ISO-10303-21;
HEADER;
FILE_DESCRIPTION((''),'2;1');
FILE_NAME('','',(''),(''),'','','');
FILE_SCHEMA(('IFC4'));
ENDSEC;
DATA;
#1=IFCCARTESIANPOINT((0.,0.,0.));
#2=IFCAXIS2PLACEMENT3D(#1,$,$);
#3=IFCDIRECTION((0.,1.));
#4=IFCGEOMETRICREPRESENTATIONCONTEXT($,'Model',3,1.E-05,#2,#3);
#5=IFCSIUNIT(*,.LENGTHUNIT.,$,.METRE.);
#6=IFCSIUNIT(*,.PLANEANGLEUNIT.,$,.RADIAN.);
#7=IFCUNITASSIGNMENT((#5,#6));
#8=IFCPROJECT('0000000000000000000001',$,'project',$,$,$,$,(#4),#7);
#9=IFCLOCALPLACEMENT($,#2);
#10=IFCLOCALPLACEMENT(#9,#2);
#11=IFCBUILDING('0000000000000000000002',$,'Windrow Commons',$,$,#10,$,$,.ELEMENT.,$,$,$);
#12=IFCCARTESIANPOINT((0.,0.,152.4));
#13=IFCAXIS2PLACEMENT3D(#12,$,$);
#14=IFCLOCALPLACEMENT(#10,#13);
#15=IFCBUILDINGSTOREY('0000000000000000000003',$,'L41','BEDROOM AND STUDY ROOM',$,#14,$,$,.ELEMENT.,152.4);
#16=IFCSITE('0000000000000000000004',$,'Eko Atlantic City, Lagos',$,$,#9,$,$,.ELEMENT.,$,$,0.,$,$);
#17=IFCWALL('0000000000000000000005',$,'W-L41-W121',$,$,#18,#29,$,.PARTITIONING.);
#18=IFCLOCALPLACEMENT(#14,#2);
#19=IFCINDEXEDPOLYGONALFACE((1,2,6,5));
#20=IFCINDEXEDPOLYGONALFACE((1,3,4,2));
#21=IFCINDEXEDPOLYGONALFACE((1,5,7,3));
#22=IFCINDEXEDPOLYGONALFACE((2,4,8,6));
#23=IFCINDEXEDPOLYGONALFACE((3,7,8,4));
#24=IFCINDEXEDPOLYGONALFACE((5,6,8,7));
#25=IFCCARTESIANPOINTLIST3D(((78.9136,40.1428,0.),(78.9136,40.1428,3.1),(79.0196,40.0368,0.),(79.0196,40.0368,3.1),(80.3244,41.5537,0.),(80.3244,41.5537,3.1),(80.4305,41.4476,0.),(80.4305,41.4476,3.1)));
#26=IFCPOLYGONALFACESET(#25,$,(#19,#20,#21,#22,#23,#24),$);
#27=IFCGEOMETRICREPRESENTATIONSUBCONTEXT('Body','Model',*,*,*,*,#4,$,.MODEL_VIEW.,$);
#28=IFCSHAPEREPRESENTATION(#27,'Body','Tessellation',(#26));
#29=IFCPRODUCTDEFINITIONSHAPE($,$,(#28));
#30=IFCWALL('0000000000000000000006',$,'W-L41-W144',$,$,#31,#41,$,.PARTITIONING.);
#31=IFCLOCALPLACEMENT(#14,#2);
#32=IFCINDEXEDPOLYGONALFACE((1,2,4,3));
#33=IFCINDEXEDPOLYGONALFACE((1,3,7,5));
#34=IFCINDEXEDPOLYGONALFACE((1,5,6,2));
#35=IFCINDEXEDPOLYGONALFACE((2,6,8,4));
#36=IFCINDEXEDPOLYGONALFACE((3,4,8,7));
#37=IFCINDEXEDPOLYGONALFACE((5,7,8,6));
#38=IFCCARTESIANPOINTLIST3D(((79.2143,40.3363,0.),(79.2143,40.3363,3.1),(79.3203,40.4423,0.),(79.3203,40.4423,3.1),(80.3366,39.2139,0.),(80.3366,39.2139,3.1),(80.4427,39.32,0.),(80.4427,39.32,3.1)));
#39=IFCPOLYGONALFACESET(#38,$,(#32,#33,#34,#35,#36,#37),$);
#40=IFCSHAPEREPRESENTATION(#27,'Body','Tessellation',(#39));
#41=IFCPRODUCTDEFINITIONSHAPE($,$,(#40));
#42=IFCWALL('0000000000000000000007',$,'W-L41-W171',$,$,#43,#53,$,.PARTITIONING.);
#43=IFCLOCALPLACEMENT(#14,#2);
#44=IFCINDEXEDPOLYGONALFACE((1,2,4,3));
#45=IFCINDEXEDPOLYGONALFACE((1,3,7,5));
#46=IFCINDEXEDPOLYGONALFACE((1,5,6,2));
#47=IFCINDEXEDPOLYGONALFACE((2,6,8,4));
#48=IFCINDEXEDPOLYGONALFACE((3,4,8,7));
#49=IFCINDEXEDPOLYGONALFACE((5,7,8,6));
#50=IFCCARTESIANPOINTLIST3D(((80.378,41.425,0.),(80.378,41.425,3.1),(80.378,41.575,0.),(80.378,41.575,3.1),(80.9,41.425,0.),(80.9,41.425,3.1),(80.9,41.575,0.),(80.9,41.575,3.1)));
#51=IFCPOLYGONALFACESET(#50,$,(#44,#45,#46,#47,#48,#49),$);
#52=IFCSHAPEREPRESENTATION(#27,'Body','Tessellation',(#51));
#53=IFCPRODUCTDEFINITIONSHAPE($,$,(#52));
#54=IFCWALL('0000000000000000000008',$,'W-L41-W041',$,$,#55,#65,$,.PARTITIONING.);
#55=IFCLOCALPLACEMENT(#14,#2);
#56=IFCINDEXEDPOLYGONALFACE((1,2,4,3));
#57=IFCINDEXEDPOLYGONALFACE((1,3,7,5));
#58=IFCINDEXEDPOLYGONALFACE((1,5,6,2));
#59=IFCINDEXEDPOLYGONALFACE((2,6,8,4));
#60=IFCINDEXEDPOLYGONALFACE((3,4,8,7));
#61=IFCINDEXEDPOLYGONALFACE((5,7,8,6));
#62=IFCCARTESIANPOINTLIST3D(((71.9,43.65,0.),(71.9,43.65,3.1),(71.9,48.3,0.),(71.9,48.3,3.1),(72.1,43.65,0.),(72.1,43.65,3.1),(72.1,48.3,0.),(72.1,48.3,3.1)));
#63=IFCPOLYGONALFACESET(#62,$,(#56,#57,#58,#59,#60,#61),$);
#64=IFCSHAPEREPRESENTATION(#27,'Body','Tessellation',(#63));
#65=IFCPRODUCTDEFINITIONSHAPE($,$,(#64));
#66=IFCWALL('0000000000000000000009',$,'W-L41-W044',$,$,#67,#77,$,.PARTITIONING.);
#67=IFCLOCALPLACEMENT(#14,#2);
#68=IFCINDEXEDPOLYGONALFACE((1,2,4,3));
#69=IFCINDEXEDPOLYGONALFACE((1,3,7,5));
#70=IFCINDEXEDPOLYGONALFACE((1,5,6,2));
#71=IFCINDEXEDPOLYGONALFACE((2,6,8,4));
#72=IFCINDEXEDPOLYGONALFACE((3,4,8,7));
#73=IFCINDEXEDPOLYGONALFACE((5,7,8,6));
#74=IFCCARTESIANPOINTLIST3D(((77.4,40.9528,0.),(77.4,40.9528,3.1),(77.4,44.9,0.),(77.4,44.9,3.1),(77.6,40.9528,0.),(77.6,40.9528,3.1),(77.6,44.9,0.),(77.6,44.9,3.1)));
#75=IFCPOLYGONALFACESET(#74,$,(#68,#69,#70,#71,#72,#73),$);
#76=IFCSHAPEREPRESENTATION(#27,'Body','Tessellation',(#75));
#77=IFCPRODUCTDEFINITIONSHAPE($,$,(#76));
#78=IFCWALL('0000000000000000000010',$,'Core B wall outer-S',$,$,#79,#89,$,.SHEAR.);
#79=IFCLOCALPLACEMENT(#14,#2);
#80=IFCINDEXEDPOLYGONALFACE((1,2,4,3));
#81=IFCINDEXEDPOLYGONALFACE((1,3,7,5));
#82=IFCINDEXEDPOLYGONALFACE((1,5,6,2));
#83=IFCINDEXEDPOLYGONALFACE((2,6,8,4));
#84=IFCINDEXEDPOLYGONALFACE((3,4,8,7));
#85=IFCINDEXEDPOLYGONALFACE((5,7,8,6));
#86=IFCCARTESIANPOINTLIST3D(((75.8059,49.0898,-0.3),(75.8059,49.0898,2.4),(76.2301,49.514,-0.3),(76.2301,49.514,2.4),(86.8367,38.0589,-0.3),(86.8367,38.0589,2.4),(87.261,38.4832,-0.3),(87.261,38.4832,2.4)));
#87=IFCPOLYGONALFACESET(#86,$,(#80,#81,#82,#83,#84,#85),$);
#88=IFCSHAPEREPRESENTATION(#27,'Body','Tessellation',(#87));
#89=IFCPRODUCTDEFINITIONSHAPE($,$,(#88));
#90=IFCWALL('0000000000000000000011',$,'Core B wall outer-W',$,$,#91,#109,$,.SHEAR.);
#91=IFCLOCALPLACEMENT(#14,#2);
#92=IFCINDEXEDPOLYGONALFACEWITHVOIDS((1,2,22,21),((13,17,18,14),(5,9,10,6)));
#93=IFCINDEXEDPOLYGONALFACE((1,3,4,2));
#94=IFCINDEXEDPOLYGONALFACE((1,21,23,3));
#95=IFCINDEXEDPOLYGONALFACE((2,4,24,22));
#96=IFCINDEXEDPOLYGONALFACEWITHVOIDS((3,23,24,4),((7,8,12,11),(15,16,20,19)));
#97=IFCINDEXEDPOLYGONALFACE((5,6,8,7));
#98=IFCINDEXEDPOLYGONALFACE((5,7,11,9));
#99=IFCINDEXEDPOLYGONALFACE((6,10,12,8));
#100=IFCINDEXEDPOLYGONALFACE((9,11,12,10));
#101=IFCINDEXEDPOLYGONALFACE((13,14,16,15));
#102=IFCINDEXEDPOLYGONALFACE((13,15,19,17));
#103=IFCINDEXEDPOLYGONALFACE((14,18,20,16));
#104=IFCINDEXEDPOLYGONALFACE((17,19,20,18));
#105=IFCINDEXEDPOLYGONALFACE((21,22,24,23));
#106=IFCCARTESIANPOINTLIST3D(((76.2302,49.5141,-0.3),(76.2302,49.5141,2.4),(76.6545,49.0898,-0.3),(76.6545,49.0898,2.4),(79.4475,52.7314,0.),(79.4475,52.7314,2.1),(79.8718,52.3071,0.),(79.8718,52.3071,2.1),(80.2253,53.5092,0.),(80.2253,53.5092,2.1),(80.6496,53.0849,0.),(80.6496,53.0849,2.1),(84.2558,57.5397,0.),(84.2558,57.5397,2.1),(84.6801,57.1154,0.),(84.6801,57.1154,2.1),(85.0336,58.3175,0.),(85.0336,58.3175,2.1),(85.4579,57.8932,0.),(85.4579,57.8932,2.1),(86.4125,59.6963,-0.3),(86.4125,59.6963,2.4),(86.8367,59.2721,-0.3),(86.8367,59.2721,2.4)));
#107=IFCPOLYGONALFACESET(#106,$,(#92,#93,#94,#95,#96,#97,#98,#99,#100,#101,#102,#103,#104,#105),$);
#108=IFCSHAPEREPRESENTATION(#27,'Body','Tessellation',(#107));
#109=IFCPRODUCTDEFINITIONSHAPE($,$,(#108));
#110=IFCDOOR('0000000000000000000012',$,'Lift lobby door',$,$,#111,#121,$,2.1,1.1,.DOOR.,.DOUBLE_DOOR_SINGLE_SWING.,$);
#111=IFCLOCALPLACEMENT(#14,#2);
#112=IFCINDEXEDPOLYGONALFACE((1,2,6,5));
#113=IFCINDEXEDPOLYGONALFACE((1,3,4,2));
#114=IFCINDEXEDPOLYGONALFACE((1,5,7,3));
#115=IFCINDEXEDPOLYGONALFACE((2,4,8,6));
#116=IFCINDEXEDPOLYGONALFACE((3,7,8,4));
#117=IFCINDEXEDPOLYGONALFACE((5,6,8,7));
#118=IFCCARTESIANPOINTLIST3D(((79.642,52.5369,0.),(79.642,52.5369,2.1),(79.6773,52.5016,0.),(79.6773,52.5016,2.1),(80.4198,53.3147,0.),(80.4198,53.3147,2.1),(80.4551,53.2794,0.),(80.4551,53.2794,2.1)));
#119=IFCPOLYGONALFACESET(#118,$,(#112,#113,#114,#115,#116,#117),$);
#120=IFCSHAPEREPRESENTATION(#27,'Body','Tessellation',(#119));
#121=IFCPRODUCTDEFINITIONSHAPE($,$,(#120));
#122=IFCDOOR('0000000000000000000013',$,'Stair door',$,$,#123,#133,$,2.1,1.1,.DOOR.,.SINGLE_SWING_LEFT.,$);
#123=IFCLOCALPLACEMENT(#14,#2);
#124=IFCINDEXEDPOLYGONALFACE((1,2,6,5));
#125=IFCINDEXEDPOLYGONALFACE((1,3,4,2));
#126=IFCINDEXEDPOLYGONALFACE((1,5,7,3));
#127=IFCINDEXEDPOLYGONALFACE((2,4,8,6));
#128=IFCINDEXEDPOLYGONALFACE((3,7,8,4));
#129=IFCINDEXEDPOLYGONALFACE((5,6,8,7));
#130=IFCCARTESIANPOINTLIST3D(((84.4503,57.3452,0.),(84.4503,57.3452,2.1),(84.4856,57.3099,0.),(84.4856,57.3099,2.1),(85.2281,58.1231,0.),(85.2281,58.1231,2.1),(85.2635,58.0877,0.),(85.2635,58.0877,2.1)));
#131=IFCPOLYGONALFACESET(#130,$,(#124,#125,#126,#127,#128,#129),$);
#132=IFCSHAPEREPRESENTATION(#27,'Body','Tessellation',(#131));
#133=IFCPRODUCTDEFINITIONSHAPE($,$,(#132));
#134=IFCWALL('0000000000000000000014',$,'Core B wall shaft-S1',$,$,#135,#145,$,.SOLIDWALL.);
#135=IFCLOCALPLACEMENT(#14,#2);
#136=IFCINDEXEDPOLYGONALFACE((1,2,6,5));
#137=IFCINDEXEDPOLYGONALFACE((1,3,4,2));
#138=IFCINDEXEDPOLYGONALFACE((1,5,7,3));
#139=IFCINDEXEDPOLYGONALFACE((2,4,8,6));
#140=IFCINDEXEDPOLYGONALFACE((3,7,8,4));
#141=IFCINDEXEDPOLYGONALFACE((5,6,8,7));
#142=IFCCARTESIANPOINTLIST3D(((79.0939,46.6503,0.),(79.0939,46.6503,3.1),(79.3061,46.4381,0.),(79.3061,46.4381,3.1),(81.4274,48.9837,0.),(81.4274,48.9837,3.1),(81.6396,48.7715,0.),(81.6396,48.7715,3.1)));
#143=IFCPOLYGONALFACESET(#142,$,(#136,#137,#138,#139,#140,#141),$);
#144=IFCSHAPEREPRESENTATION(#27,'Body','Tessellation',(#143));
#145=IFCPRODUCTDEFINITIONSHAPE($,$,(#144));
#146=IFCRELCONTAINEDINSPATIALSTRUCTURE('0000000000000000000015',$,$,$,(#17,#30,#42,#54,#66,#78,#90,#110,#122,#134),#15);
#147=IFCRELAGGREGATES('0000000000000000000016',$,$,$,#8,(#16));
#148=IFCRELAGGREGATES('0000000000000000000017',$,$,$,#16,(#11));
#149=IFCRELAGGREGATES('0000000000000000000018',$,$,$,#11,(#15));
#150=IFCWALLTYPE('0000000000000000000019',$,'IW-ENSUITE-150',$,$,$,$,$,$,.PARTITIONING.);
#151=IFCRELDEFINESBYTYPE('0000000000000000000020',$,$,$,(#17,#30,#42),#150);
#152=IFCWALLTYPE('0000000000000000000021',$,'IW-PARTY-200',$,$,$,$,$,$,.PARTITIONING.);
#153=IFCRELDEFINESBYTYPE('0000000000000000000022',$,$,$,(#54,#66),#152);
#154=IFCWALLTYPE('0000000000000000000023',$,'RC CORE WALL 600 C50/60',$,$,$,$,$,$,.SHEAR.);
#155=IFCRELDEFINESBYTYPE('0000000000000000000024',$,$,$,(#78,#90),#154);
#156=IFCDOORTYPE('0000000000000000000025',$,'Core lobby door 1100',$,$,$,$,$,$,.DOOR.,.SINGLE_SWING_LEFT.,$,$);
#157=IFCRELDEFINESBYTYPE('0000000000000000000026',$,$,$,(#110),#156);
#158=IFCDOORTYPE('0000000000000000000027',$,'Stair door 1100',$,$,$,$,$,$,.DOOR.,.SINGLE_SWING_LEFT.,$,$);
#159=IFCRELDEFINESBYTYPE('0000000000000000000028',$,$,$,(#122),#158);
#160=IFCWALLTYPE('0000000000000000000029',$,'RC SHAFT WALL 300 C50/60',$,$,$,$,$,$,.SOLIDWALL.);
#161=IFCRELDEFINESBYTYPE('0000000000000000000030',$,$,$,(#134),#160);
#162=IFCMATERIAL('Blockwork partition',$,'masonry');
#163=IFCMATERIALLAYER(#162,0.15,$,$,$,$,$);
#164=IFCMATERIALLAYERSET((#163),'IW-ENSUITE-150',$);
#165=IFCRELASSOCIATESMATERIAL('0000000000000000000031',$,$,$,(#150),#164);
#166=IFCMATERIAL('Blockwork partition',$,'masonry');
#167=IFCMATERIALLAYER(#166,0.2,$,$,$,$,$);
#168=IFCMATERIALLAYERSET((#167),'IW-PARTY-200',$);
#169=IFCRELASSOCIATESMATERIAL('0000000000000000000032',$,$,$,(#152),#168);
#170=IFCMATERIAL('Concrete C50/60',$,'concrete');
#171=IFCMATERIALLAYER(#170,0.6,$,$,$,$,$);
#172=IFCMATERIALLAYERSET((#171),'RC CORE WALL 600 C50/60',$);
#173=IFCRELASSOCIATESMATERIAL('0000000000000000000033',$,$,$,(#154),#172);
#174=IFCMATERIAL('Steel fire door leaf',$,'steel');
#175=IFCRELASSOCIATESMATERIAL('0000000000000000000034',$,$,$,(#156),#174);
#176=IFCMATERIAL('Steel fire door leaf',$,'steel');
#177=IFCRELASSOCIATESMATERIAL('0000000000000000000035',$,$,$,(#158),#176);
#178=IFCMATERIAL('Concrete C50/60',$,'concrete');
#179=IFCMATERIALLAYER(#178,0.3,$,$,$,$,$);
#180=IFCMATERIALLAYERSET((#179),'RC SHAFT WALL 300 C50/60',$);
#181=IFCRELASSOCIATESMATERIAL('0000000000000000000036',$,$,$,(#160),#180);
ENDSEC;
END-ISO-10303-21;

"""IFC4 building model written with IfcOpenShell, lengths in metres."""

from ifc_helpers import new_model, si_unit, direction, frame, frame_2d, origin, place, context, subcontext, project, spatial, rectangle, extrude, material, layer, layer_set, type_object, element, fill, save


model = new_model("IFC4")

# Units and contexts
model_context = context("Model", 3, precision=1e-05, world=origin(), true_north=direction((0.0, 1.0)))
body_context = subcontext(model_context, "Body", "Model", "MODEL_VIEW")
ifc_project = project(units=[si_unit("LENGTHUNIT", "METRE"), si_unit("PLANEANGLEUNIT", "RADIAN")], contexts=[model_context])

# Site, building, storey
site_placement = place(None, origin())
site = spatial("IfcSite", under=ifc_project, at=site_placement, Name="Eko Atlantic City, Lagos", CompositionType="ELEMENT", RefElevation=0.0)
building_placement = place(site_placement, origin())
building = spatial("IfcBuilding", under=site, at=building_placement, Name="Windrow Commons", CompositionType="ELEMENT")
storey_placement = place(building_placement, frame((0.0, 0.0, 152.4)))
storey = spatial("IfcBuildingStorey", under=building, at=storey_placement, Name="L41", Description="BEDROOM AND STUDY ROOM", CompositionType="ELEMENT", Elevation=152.4)

# Walls
ifc_material_1 = material(Name="Blockwork partition", Category="masonry")
ifc_layer_1 = layer(ifc_material_1, 0.15)
ifc_layer_set_1 = layer_set([ifc_layer_1], Name="IW-ENSUITE-150")
wall_type_1 = type_object("IfcWallType", Name="IW-ENSUITE-150", PredefinedType="PARTITIONING", material=ifc_layer_set_1)
wall_1_placement = place(storey_placement, frame((78.9666, 40.0898, 0.0), z_axis=(0.0, 0.0, 1.0), x_axis=(0.707107, 0.707107, 0.0)))
element("IfcWall", 1, at=wall_1_placement, inside=storey, type_object=wall_type_1, Name="W-L41-W121", PredefinedType="PARTITIONING", context=body_context, shape_type="SweptSolid", body=[
    extrude(rectangle(XDim=1.9952, YDim=0.15, at=frame_2d((0.9976, 0.0))), origin(), (0.0, 0.0, 1.0), 3.1),
])
wall_2_placement = place(storey_placement, frame((79.2673, 40.3893, 0.0), z_axis=(0.0, 0.0, 1.0), x_axis=(0.707107, -0.707107, 0.0)))
element("IfcWall", 2, at=wall_2_placement, inside=storey, type_object=wall_type_1, Name="W-L41-W144", PredefinedType="PARTITIONING", context=body_context, shape_type="SweptSolid", body=[
    extrude(rectangle(XDim=1.5872, YDim=0.15, at=frame_2d((0.7936, 0.0))), origin(), (0.0, 0.0, 1.0), 3.1),
])
wall_3_placement = place(storey_placement, frame((80.378, 41.5, 0.0), z_axis=(0.0, 0.0, 1.0), x_axis=(1.0, 0.0, 0.0)))
element("IfcWall", 3, at=wall_3_placement, inside=storey, type_object=wall_type_1, Name="W-L41-W171", PredefinedType="PARTITIONING", context=body_context, shape_type="SweptSolid", body=[
    extrude(rectangle(XDim=0.522, YDim=0.15, at=frame_2d((0.261, 0.0))), origin(), (0.0, 0.0, 1.0), 3.1),
])
ifc_material_2 = material(Name="Blockwork partition", Category="masonry")
ifc_layer_2 = layer(ifc_material_2, 0.2)
ifc_layer_set_2 = layer_set([ifc_layer_2], Name="IW-PARTY-200")
wall_type_2 = type_object("IfcWallType", Name="IW-PARTY-200", PredefinedType="PARTITIONING", material=ifc_layer_set_2)
wall_4_placement = place(storey_placement, frame((72.0, 43.65, 0.0), z_axis=(0.0, 0.0, 1.0), x_axis=(0.0, 1.0, 0.0)))
element("IfcWall", 4, at=wall_4_placement, inside=storey, type_object=wall_type_2, Name="W-L41-W041", PredefinedType="PARTITIONING", context=body_context, shape_type="SweptSolid", body=[
    extrude(rectangle(XDim=4.65, YDim=0.2, at=frame_2d((2.325, 0.0))), origin(), (0.0, 0.0, 1.0), 3.1),
])
wall_5_placement = place(storey_placement, frame((77.5, 40.9528, 0.0), z_axis=(0.0, 0.0, 1.0), x_axis=(0.0, 1.0, 0.0)))
element("IfcWall", 5, at=wall_5_placement, inside=storey, type_object=wall_type_2, Name="W-L41-W044", PredefinedType="PARTITIONING", context=body_context, shape_type="SweptSolid", body=[
    extrude(rectangle(XDim=3.9472, YDim=0.2, at=frame_2d((1.9736, 0.0))), origin(), (0.0, 0.0, 1.0), 3.1),
])
ifc_material_3 = material(Name="Concrete C50/60", Category="concrete")
ifc_layer_3 = layer(ifc_material_3, 0.6)
ifc_layer_set_3 = layer_set([ifc_layer_3], Name="RC CORE WALL 600 C50/60")
wall_type_3 = type_object("IfcWallType", Name="RC CORE WALL 600 C50/60", PredefinedType="SHEAR", material=ifc_layer_set_3)
wall_6_placement = place(storey_placement, frame((76.018, 49.3019, -0.3), z_axis=(0.0, 0.0, 1.0), x_axis=(0.707107, -0.707107, 0.0)))
element("IfcWall", 6, at=wall_6_placement, inside=storey, type_object=wall_type_3, Name="Core B wall outer-S", PredefinedType="SHEAR", context=body_context, shape_type="SweptSolid", body=[
    extrude(rectangle(XDim=15.6, YDim=0.6, at=frame_2d((7.8, 0.0))), origin(), (0.0, 0.0, 1.0), 2.7),
])

# Wall, openings, doors
wall_7_placement = place(storey_placement, frame((76.4423, 49.3019, -0.3), z_axis=(0.0, 0.0, 1.0), x_axis=(0.707107, 0.707107, 0.0)))
wall_7 = element("IfcWall", 7, at=wall_7_placement, inside=storey, type_object=wall_type_3, Name="Core B wall outer-W", PredefinedType="SHEAR", context=body_context, shape_type="SweptSolid", body=[
    extrude(rectangle(XDim=14.3999, YDim=0.6, at=frame_2d((7.2, 0.0))), origin(), (0.0, 0.0, 1.0), 2.7),
])
opening_1_placement = place(wall_7_placement, frame((4.55, 0.0, 0.3)))
opening_1 = element("IfcOpeningElement", 8, at=opening_1_placement, cuts=wall_7, PredefinedType="OPENING", context=body_context, shape_type="SweptSolid", body=[
    extrude(rectangle(XDim=1.1, YDim=2.1, at=frame_2d((0.55, 1.05))), frame((0.0, 0.31, 0.0), z_axis=(0.0, -1.0, 0.0), x_axis=(1.0, 0.0, 0.0)), (0.0, 0.0, 1.0), 0.62),
])
opening_2_placement = place(wall_7_placement, frame((11.35, 0.0, 0.3)))
opening_2 = element("IfcOpeningElement", 9, at=opening_2_placement, cuts=wall_7, PredefinedType="OPENING", context=body_context, shape_type="SweptSolid", body=[
    extrude(rectangle(XDim=1.1, YDim=2.1, at=frame_2d((0.55, 1.05))), frame((0.0, 0.31, 0.0), z_axis=(0.0, -1.0, 0.0), x_axis=(1.0, 0.0, 0.0)), (0.0, 0.0, 1.0), 0.62),
])
ifc_material_4 = material(Name="Steel fire door leaf", Category="steel")
door_type_1 = type_object("IfcDoorType", Name="Core lobby door 1100", OperationType="SINGLE_SWING_LEFT", PredefinedType="DOOR", material=ifc_material_4)
door_1_placement = place(opening_1_placement, origin())
door_1 = element("IfcDoor", 10, at=door_1_placement, inside=storey, type_object=door_type_1, Name="Lift lobby door", OperationType="DOUBLE_DOOR_SINGLE_SWING", OverallHeight=2.1, OverallWidth=1.1, PredefinedType="DOOR", context=body_context, shape_type="SweptSolid", body=[
    extrude(rectangle(XDim=1.1, YDim=2.1, at=frame_2d((0.55, 1.05))), frame((0.0, 0.025, 0.0), z_axis=(0.0, -1.0, 0.0), x_axis=(1.0, 0.0, 0.0)), (0.0, 0.0, 1.0), 0.05),
])
fill(opening_1, door_1)
ifc_material_5 = material(Name="Steel fire door leaf", Category="steel")
door_type_2 = type_object("IfcDoorType", Name="Stair door 1100", OperationType="SINGLE_SWING_LEFT", PredefinedType="DOOR", material=ifc_material_5)
door_2_placement = place(opening_2_placement, origin())
door_2 = element("IfcDoor", 11, at=door_2_placement, inside=storey, type_object=door_type_2, Name="Stair door", OperationType="SINGLE_SWING_LEFT", OverallHeight=2.1, OverallWidth=1.1, PredefinedType="DOOR", context=body_context, shape_type="SweptSolid", body=[
    extrude(rectangle(XDim=1.1, YDim=2.1, at=frame_2d((0.55, 1.05))), frame((0.0, 0.025, 0.0), z_axis=(0.0, -1.0, 0.0), x_axis=(1.0, 0.0, 0.0)), (0.0, 0.0, 1.0), 0.05),
])
fill(opening_2, door_2)

# Wall
ifc_material_6 = material(Name="Concrete C50/60", Category="concrete")
ifc_layer_4 = layer(ifc_material_6, 0.3)
ifc_layer_set_4 = layer_set([ifc_layer_4], Name="RC SHAFT WALL 300 C50/60")
wall_type_4 = type_object("IfcWallType", Name="RC SHAFT WALL 300 C50/60", PredefinedType="SOLIDWALL", material=ifc_layer_set_4)
wall_8_placement = place(storey_placement, frame((79.2, 46.5442, 0.0), z_axis=(0.0, 0.0, 1.0), x_axis=(0.707122, 0.707092, 0.0)))
element("IfcWall", 12, at=wall_8_placement, inside=storey, type_object=wall_type_4, Name="Core B wall shaft-S1", PredefinedType="SOLIDWALL", context=body_context, shape_type="SweptSolid", body=[
    extrude(rectangle(XDim=3.3, YDim=0.3, at=frame_2d((1.65, 0.0))), origin(), (0.0, 0.0, 1.0), 3.1),
])

save(model, "model.ifc")
